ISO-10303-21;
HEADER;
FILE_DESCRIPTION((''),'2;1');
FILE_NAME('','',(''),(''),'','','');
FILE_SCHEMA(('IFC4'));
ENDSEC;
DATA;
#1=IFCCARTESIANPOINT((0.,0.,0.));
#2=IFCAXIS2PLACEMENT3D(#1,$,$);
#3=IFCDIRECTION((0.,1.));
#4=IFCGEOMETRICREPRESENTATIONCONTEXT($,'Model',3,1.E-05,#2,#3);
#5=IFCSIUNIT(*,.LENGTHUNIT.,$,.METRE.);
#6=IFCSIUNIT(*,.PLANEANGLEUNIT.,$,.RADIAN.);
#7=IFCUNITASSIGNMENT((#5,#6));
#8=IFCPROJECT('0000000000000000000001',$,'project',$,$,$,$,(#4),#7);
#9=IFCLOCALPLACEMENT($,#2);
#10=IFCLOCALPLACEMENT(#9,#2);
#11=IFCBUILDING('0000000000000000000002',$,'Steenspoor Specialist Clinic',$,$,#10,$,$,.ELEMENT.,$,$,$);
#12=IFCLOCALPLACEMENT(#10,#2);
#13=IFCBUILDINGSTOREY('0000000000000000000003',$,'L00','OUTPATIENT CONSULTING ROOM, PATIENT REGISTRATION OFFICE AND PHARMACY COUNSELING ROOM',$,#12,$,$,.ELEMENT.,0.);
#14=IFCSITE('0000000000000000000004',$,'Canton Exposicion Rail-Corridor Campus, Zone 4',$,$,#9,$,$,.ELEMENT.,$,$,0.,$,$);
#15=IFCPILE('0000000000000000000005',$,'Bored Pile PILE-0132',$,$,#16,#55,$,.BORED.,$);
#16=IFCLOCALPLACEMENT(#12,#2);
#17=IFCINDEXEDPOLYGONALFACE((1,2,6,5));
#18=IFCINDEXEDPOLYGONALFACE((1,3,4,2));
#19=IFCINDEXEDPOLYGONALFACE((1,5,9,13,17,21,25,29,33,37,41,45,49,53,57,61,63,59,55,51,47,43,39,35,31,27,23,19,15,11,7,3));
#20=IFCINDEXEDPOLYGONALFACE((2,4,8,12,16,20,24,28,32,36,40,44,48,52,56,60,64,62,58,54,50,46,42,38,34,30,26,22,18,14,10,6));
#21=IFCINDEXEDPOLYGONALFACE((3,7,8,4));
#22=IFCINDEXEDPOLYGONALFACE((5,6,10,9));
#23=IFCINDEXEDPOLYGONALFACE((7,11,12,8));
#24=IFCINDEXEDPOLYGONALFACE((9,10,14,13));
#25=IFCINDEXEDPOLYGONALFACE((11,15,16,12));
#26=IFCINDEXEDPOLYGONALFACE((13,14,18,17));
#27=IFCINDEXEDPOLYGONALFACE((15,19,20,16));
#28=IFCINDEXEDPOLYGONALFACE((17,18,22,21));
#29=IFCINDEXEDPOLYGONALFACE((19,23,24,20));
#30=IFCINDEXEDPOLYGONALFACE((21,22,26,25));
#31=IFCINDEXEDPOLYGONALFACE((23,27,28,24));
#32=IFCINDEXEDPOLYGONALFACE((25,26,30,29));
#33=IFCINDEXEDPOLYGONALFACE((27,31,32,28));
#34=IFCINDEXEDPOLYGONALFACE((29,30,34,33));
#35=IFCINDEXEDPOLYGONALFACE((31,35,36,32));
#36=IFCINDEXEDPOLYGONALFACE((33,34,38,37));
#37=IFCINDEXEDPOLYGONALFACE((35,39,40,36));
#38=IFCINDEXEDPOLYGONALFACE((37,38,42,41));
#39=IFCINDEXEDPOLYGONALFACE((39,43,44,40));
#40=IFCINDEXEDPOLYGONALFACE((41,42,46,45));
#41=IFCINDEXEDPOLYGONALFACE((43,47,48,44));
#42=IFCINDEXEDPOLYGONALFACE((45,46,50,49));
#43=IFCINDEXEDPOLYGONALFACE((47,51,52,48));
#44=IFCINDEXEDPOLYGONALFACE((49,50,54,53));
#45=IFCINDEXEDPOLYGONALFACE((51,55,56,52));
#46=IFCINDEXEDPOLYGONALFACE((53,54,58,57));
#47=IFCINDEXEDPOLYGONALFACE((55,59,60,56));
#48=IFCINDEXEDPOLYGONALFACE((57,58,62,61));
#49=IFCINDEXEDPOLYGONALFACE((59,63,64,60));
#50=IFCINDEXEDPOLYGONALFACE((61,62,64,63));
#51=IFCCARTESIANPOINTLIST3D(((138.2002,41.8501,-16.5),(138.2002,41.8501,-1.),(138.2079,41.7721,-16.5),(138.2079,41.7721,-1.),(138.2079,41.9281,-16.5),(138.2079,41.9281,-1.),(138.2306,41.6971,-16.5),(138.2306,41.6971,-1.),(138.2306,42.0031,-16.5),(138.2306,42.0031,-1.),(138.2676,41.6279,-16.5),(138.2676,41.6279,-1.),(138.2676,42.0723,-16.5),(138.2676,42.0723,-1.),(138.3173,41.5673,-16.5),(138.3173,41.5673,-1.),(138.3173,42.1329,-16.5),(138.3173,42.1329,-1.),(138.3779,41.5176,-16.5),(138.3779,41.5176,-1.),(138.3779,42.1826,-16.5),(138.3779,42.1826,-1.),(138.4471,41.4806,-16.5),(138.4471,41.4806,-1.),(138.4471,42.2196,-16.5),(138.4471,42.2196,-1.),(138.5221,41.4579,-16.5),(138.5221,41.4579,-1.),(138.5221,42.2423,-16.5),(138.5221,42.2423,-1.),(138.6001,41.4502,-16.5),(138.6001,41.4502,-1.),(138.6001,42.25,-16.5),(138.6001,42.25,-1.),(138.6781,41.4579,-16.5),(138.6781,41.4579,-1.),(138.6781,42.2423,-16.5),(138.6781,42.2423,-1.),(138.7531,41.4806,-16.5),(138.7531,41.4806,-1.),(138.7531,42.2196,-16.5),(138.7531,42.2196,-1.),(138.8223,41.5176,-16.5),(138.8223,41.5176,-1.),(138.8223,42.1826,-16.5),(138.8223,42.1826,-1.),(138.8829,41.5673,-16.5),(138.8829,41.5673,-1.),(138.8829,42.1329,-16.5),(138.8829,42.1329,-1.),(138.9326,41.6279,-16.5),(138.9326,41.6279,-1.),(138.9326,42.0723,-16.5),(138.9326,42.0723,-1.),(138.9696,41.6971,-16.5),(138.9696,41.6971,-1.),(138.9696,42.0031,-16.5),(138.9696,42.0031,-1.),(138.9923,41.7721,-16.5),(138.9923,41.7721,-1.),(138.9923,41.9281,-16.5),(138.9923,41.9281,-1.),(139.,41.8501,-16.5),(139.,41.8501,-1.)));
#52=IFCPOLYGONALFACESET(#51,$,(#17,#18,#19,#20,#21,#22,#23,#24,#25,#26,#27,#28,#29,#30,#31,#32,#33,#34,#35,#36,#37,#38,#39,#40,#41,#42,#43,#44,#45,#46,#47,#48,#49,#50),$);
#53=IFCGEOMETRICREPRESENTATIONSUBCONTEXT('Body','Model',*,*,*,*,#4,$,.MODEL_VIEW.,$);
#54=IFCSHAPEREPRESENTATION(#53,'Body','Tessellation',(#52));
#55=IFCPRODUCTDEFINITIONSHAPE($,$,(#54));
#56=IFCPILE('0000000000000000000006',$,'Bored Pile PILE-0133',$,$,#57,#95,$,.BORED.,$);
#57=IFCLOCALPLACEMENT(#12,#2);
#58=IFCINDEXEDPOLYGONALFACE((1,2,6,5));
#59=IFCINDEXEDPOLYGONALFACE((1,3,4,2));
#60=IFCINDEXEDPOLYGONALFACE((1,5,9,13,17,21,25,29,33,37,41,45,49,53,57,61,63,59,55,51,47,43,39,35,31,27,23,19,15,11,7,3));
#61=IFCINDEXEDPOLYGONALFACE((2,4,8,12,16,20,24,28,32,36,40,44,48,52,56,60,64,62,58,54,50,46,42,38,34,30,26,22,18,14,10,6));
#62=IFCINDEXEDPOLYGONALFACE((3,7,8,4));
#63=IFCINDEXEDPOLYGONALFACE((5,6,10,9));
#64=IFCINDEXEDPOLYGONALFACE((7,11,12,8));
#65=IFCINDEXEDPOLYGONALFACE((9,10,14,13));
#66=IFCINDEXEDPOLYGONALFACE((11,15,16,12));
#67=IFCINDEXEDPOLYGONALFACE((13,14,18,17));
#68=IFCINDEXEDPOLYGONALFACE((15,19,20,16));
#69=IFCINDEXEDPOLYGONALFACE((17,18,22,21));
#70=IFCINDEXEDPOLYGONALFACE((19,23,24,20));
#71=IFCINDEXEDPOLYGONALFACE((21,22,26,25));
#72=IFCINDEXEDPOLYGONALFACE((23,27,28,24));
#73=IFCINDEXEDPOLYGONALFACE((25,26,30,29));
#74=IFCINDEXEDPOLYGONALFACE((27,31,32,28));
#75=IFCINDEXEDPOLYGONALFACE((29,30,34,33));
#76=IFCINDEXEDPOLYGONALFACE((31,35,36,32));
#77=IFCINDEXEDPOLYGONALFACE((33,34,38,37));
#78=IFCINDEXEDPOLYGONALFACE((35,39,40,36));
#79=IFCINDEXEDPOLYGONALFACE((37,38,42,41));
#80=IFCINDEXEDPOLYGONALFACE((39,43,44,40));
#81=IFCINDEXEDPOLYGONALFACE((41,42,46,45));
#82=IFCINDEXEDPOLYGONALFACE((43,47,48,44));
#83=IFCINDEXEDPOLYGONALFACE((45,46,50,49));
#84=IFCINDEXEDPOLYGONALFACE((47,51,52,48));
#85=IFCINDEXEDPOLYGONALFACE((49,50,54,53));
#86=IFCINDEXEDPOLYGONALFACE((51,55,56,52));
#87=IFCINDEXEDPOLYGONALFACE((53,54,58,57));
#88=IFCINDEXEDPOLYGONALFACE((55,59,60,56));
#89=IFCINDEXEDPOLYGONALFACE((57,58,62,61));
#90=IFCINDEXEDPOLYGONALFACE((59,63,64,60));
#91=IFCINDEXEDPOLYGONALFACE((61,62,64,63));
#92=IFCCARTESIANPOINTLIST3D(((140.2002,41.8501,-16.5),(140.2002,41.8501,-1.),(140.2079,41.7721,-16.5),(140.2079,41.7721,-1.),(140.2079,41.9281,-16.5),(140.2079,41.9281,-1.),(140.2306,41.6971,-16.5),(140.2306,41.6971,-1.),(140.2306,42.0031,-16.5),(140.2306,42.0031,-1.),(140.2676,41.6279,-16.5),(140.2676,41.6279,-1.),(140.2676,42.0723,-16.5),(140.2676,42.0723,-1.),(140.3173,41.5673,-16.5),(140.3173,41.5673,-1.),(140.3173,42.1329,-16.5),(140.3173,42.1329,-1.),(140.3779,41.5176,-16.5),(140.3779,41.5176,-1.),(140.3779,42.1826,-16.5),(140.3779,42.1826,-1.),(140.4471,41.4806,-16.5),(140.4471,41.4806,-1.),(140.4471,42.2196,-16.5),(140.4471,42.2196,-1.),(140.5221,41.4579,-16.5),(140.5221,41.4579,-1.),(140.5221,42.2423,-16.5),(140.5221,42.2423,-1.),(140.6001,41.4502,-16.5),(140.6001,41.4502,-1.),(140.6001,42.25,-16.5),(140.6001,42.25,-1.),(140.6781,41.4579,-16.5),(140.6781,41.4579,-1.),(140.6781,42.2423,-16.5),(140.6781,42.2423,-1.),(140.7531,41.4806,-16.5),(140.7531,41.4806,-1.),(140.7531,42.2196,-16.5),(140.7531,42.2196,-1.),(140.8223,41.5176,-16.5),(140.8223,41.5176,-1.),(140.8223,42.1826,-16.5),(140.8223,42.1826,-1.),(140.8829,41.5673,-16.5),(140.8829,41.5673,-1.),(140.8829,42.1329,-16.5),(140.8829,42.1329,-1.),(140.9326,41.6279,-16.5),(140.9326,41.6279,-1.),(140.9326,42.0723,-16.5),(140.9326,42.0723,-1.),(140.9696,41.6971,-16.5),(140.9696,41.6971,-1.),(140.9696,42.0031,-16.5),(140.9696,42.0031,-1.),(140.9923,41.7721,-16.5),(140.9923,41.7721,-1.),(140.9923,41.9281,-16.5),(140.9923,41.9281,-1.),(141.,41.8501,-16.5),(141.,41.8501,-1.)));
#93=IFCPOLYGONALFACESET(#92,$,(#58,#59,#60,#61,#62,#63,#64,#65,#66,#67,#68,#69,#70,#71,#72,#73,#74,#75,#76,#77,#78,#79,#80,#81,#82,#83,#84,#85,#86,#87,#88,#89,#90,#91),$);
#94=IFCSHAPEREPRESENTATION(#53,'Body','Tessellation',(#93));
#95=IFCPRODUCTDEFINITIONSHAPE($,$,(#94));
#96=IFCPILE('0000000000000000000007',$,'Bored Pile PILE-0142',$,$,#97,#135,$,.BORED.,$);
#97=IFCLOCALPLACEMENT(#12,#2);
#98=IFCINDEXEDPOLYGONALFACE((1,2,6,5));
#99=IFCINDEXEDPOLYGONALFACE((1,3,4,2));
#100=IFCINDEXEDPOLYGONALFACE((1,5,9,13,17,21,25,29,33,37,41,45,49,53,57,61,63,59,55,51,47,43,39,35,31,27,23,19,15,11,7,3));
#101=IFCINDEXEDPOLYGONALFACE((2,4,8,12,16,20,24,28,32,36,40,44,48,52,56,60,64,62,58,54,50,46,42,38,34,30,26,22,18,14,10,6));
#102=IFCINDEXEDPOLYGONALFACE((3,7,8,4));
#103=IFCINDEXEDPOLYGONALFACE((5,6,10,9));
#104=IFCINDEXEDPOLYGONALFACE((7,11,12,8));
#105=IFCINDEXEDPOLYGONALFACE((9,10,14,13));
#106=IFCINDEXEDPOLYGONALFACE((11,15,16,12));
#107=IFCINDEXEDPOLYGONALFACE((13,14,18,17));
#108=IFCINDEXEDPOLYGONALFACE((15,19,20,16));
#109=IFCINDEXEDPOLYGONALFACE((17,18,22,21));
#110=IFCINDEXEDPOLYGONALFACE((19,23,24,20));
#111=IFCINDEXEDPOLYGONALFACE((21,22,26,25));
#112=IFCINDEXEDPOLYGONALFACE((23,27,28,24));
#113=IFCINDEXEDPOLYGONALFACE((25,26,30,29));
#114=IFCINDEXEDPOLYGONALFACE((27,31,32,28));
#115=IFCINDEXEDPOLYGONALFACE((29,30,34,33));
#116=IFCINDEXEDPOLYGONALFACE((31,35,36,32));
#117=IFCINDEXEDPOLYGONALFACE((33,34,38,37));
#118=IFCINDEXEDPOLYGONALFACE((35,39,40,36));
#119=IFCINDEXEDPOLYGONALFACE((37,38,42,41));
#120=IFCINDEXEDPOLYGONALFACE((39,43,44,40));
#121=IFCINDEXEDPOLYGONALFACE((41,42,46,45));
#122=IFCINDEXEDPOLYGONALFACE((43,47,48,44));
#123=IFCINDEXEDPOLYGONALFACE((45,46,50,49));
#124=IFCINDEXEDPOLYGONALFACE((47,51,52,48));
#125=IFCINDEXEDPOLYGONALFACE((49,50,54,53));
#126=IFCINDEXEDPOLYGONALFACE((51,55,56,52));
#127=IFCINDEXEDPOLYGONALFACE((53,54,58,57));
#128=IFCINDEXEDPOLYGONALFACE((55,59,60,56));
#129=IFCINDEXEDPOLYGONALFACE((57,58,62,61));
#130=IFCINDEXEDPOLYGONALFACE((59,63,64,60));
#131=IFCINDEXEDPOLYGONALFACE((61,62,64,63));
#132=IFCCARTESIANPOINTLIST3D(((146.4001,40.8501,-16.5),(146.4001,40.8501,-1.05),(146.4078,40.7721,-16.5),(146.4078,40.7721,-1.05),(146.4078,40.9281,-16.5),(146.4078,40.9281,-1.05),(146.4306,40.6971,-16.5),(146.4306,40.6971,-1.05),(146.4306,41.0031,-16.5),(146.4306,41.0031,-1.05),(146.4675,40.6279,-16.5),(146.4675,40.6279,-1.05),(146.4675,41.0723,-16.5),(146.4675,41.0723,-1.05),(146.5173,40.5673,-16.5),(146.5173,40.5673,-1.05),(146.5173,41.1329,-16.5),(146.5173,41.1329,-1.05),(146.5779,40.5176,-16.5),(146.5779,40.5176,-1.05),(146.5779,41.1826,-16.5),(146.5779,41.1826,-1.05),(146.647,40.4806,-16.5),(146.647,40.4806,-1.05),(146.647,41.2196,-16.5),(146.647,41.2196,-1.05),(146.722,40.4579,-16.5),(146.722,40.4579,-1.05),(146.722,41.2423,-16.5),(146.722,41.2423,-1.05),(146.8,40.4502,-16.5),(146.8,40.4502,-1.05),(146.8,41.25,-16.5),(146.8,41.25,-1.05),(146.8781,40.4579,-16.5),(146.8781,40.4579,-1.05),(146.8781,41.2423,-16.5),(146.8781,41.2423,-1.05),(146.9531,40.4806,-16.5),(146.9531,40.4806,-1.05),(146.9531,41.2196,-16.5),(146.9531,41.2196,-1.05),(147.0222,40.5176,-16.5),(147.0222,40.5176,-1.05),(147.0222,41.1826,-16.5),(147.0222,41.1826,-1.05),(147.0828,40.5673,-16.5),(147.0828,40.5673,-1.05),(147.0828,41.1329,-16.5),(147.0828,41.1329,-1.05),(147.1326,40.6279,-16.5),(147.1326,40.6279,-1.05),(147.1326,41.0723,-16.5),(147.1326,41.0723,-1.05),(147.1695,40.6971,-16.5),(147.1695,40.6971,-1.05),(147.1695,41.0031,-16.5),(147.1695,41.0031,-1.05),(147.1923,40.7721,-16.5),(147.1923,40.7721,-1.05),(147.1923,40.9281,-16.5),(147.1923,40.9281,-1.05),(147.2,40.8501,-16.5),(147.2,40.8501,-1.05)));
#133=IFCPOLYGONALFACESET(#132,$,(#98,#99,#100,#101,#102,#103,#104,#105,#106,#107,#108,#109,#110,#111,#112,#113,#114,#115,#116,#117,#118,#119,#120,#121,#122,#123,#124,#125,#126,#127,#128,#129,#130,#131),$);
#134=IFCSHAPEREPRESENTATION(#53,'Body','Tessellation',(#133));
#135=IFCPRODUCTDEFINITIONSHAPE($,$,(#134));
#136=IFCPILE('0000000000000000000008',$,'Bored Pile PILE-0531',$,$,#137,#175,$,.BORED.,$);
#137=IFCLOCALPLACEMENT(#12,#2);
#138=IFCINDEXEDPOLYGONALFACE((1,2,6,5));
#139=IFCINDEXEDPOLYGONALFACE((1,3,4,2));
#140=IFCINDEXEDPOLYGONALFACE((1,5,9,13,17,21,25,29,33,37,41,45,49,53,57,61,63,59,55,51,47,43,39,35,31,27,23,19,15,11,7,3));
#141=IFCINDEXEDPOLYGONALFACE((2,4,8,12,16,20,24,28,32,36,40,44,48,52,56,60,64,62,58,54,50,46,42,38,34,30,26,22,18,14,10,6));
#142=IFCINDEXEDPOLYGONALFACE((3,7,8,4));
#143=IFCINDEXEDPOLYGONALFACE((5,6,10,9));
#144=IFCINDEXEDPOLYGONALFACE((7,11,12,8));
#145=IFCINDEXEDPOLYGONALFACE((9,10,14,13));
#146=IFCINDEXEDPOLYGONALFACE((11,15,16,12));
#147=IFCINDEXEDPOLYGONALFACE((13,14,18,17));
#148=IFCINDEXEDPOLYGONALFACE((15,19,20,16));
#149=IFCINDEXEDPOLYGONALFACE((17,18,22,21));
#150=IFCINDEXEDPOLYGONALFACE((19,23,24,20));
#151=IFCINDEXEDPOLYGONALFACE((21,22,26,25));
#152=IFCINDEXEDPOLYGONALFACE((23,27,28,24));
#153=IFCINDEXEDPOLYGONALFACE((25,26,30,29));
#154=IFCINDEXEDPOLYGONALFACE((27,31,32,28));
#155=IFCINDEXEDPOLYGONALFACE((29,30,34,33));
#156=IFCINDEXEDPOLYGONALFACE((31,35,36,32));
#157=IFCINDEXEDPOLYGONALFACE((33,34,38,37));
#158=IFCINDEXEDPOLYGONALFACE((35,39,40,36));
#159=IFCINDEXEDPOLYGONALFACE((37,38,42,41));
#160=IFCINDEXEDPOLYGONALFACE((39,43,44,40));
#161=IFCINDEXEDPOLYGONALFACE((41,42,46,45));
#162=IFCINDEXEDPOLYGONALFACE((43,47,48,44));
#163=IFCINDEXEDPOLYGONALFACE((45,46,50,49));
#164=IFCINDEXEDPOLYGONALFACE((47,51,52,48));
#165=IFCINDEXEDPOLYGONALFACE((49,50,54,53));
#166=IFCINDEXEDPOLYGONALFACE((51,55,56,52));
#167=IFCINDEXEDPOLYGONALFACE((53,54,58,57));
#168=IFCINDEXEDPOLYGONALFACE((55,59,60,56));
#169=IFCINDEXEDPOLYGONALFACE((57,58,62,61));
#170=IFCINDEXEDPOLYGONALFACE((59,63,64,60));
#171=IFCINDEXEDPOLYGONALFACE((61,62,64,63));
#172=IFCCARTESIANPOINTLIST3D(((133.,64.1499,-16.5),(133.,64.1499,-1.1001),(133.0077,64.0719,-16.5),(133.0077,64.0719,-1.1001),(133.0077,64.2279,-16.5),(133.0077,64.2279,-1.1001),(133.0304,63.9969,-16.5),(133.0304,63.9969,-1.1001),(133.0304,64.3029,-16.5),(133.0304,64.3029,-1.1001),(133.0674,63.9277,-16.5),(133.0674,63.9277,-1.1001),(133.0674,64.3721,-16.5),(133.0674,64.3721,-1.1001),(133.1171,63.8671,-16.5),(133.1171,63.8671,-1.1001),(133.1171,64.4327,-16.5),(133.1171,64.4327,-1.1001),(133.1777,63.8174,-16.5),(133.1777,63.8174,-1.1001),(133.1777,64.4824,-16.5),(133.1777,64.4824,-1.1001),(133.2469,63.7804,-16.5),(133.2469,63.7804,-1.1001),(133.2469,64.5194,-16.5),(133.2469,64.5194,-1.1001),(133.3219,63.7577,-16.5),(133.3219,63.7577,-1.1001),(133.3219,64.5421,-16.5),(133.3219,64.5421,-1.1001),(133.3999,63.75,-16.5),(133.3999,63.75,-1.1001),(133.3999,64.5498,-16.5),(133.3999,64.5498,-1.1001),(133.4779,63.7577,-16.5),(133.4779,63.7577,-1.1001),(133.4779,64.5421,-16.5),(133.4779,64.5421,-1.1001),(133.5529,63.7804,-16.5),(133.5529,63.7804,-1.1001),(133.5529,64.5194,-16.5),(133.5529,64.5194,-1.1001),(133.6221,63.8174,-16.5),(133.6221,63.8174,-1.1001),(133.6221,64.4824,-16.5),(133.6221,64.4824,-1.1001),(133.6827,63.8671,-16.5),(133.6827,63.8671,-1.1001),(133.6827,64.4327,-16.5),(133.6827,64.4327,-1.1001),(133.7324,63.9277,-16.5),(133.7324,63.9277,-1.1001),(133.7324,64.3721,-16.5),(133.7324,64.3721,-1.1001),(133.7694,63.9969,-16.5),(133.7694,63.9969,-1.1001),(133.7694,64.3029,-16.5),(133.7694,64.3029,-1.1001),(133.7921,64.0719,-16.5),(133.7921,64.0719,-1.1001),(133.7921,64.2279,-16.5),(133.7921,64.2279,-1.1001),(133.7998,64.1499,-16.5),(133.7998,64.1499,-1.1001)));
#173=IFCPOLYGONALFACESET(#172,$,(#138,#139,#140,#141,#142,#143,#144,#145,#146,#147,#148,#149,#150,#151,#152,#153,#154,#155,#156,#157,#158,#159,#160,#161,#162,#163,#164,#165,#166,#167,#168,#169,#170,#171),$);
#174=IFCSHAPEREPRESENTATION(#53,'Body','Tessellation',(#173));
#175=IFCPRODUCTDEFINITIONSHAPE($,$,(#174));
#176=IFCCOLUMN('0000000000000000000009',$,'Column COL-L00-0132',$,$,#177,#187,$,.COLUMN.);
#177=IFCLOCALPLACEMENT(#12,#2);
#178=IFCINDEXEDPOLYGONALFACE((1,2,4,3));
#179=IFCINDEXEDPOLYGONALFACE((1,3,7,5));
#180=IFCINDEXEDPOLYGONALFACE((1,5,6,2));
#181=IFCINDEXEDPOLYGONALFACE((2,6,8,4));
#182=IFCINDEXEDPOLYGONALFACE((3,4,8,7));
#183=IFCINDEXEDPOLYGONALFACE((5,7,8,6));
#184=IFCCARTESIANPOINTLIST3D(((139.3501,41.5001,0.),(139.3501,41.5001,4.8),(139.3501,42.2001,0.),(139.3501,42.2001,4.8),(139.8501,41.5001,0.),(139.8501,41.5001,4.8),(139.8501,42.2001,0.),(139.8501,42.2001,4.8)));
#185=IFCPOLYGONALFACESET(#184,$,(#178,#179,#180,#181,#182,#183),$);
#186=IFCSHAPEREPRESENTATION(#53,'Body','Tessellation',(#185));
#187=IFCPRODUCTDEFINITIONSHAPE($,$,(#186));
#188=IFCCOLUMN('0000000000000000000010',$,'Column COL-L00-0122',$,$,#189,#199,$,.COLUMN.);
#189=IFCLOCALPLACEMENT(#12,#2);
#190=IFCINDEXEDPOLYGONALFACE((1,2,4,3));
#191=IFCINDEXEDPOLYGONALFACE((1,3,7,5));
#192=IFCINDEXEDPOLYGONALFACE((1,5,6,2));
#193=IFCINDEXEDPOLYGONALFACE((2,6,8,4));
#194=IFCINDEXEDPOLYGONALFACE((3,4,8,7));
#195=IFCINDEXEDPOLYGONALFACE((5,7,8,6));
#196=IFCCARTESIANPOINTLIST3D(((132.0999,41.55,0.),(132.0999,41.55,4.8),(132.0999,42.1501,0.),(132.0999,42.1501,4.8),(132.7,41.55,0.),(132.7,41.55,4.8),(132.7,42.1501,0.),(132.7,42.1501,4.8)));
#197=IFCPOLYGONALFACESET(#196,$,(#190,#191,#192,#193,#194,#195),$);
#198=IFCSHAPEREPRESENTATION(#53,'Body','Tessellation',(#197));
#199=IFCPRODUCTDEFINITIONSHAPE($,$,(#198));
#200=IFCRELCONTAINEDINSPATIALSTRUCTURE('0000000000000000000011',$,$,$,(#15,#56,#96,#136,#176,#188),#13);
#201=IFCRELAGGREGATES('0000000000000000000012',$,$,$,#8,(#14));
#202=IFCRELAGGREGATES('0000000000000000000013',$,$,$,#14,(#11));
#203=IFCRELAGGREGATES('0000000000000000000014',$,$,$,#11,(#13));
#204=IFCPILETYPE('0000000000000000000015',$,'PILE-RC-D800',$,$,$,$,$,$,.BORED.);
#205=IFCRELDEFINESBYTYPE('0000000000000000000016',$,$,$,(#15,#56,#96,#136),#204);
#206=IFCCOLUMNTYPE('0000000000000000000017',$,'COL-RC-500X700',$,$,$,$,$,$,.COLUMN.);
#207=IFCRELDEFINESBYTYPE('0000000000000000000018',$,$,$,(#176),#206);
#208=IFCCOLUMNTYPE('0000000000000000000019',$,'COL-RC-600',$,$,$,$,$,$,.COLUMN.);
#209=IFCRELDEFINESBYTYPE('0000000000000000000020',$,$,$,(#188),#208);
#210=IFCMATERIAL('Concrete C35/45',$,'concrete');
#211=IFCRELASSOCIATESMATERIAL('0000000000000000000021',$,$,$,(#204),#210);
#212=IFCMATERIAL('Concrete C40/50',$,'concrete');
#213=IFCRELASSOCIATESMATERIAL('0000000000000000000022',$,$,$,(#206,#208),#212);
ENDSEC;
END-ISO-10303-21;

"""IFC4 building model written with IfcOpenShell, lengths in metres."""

from ifc_helpers import new_model, si_unit, direction, frame, origin, origin_2d, place, context, subcontext, project, spatial, rectangle, circle, extrude, material, material_profile, profile_set, type_object, element, save


model = new_model("IFC4")

# Units and contexts
model_context = context("Model", 3, precision=1e-05, world=origin(), true_north=direction((0.0, 1.0)))
body_context = subcontext(model_context, "Body", "Model", "MODEL_VIEW")
ifc_project = project(units=[si_unit("LENGTHUNIT", "METRE"), si_unit("PLANEANGLEUNIT", "RADIAN")], contexts=[model_context])

# Site, building, storey
site_placement = place(None, origin())
site = spatial("IfcSite", under=ifc_project, at=site_placement, Name="Canton Exposicion Rail-Corridor Campus, Zone 4", CompositionType="ELEMENT", RefElevation=0.0)
building_placement = place(site_placement, origin())
building = spatial("IfcBuilding", under=site, at=building_placement, Name="Steenspoor Specialist Clinic", CompositionType="ELEMENT")
storey_placement = place(building_placement, origin())
storey = spatial("IfcBuildingStorey", under=building, at=storey_placement, Name="L00", Description="OUTPATIENT CONSULTING ROOM, PATIENT REGISTRATION OFFICE AND PHARMACY COUNSELING ROOM", CompositionType="ELEMENT", Elevation=0.0)

# Shared definitions
ifc_material_1 = material(Name="Concrete C35/45", Category="concrete")

# Piles
ifc_material_profile_1 = material_profile(ifc_material_1, circle(Radius=0.3999, at=origin_2d()), Name="PILE-D800")
ifc_profile_set_1 = profile_set([ifc_material_profile_1], Name="Concrete C35/45")
pile_type_1 = type_object("IfcPileType", Name="PILE-RC-D800", PredefinedType="BORED", material=ifc_profile_set_1)
for number, where, z_axis, x_axis, name in (
    (1, (138.6001, 41.8501, -1.0), (0.0, 0.0, -1.0), (1.0, 0.0, 0.0), "Bored Pile PILE-0132"),
    (2, (140.6001, 41.8501, -1.0), (0.0, 0.0, -1.0), (1.0, 0.0, 0.0), "Bored Pile PILE-0133"),
):
    element("IfcPile", number, at=place(storey_placement, frame(where, z_axis=z_axis, x_axis=x_axis)), inside=storey, type_object=pile_type_1, Name=name, PredefinedType="BORED", context=body_context, shape_type="SweptSolid", body=[
        extrude(circle(Radius=0.3999, at=origin_2d()), origin(), (0.0, 0.0, 1.0), 15.5),
    ])
pile_1_placement = place(storey_placement, frame((146.8, 40.8501, -1.05), z_axis=(0.0, 0.0, -1.0), x_axis=(1.0, 0.0, 0.0)))
element("IfcPile", 3, at=pile_1_placement, inside=storey, type_object=pile_type_1, Name="Bored Pile PILE-0142", PredefinedType="BORED", context=body_context, shape_type="SweptSolid", body=[
    extrude(circle(Radius=0.3999, at=origin_2d()), origin(), (0.0, 0.0, 1.0), 15.45),
])
pile_2_placement = place(storey_placement, frame((133.3999, 64.1499, -1.1001), z_axis=(0.0, 0.0, -1.0), x_axis=(1.0, 0.0, 0.0)))
element("IfcPile", 4, at=pile_2_placement, inside=storey, type_object=pile_type_1, Name="Bored Pile PILE-0531", PredefinedType="BORED", context=body_context, shape_type="SweptSolid", body=[
    extrude(circle(Radius=0.3999, at=origin_2d()), origin(), (0.0, 0.0, 1.0), 15.3999),
])

# Columns
ifc_material_2 = material(Name="Concrete C40/50", Category="concrete")
ifc_material_profile_2 = material_profile(ifc_material_2, rectangle(XDim=0.5, YDim=0.7, at=origin_2d()), Name="RC-COL-500X700")
ifc_profile_set_2 = profile_set([ifc_material_profile_2], Name="Concrete C40/50")
column_type_1 = type_object("IfcColumnType", Name="COL-RC-500X700", PredefinedType="COLUMN", material=ifc_profile_set_2)
column_1_placement = place(storey_placement, frame((139.6001, 41.8501, 0.0), z_axis=(0.0, 0.0, 1.0), x_axis=(1.0, 0.0, 0.0)))
element("IfcColumn", 5, at=column_1_placement, inside=storey, type_object=column_type_1, Name="Column COL-L00-0132", PredefinedType="COLUMN", context=body_context, shape_type="SweptSolid", body=[
    extrude(rectangle(XDim=0.5, YDim=0.7, at=origin_2d()), origin(), (0.0, 0.0, 1.0), 4.8),
])
ifc_material_profile_3 = material_profile(ifc_material_2, rectangle(XDim=0.6001, YDim=0.6001, at=origin_2d()), Name="RC-COL-600X600")
ifc_profile_set_3 = profile_set([ifc_material_profile_3], Name="Concrete C40/50")
column_type_2 = type_object("IfcColumnType", Name="COL-RC-600", PredefinedType="COLUMN", material=ifc_profile_set_3)
column_2_placement = place(storey_placement, frame((132.3999, 41.8501, 0.0), z_axis=(0.0, 0.0, 1.0), x_axis=(1.0, 0.0, 0.0)))
element("IfcColumn", 6, at=column_2_placement, inside=storey, type_object=column_type_2, Name="Column COL-L00-0122", PredefinedType="COLUMN", context=body_context, shape_type="SweptSolid", body=[
    extrude(rectangle(XDim=0.6001, YDim=0.6001, at=origin_2d()), origin(), (0.0, 0.0, 1.0), 4.8),
])

save(model, "model.ifc")
